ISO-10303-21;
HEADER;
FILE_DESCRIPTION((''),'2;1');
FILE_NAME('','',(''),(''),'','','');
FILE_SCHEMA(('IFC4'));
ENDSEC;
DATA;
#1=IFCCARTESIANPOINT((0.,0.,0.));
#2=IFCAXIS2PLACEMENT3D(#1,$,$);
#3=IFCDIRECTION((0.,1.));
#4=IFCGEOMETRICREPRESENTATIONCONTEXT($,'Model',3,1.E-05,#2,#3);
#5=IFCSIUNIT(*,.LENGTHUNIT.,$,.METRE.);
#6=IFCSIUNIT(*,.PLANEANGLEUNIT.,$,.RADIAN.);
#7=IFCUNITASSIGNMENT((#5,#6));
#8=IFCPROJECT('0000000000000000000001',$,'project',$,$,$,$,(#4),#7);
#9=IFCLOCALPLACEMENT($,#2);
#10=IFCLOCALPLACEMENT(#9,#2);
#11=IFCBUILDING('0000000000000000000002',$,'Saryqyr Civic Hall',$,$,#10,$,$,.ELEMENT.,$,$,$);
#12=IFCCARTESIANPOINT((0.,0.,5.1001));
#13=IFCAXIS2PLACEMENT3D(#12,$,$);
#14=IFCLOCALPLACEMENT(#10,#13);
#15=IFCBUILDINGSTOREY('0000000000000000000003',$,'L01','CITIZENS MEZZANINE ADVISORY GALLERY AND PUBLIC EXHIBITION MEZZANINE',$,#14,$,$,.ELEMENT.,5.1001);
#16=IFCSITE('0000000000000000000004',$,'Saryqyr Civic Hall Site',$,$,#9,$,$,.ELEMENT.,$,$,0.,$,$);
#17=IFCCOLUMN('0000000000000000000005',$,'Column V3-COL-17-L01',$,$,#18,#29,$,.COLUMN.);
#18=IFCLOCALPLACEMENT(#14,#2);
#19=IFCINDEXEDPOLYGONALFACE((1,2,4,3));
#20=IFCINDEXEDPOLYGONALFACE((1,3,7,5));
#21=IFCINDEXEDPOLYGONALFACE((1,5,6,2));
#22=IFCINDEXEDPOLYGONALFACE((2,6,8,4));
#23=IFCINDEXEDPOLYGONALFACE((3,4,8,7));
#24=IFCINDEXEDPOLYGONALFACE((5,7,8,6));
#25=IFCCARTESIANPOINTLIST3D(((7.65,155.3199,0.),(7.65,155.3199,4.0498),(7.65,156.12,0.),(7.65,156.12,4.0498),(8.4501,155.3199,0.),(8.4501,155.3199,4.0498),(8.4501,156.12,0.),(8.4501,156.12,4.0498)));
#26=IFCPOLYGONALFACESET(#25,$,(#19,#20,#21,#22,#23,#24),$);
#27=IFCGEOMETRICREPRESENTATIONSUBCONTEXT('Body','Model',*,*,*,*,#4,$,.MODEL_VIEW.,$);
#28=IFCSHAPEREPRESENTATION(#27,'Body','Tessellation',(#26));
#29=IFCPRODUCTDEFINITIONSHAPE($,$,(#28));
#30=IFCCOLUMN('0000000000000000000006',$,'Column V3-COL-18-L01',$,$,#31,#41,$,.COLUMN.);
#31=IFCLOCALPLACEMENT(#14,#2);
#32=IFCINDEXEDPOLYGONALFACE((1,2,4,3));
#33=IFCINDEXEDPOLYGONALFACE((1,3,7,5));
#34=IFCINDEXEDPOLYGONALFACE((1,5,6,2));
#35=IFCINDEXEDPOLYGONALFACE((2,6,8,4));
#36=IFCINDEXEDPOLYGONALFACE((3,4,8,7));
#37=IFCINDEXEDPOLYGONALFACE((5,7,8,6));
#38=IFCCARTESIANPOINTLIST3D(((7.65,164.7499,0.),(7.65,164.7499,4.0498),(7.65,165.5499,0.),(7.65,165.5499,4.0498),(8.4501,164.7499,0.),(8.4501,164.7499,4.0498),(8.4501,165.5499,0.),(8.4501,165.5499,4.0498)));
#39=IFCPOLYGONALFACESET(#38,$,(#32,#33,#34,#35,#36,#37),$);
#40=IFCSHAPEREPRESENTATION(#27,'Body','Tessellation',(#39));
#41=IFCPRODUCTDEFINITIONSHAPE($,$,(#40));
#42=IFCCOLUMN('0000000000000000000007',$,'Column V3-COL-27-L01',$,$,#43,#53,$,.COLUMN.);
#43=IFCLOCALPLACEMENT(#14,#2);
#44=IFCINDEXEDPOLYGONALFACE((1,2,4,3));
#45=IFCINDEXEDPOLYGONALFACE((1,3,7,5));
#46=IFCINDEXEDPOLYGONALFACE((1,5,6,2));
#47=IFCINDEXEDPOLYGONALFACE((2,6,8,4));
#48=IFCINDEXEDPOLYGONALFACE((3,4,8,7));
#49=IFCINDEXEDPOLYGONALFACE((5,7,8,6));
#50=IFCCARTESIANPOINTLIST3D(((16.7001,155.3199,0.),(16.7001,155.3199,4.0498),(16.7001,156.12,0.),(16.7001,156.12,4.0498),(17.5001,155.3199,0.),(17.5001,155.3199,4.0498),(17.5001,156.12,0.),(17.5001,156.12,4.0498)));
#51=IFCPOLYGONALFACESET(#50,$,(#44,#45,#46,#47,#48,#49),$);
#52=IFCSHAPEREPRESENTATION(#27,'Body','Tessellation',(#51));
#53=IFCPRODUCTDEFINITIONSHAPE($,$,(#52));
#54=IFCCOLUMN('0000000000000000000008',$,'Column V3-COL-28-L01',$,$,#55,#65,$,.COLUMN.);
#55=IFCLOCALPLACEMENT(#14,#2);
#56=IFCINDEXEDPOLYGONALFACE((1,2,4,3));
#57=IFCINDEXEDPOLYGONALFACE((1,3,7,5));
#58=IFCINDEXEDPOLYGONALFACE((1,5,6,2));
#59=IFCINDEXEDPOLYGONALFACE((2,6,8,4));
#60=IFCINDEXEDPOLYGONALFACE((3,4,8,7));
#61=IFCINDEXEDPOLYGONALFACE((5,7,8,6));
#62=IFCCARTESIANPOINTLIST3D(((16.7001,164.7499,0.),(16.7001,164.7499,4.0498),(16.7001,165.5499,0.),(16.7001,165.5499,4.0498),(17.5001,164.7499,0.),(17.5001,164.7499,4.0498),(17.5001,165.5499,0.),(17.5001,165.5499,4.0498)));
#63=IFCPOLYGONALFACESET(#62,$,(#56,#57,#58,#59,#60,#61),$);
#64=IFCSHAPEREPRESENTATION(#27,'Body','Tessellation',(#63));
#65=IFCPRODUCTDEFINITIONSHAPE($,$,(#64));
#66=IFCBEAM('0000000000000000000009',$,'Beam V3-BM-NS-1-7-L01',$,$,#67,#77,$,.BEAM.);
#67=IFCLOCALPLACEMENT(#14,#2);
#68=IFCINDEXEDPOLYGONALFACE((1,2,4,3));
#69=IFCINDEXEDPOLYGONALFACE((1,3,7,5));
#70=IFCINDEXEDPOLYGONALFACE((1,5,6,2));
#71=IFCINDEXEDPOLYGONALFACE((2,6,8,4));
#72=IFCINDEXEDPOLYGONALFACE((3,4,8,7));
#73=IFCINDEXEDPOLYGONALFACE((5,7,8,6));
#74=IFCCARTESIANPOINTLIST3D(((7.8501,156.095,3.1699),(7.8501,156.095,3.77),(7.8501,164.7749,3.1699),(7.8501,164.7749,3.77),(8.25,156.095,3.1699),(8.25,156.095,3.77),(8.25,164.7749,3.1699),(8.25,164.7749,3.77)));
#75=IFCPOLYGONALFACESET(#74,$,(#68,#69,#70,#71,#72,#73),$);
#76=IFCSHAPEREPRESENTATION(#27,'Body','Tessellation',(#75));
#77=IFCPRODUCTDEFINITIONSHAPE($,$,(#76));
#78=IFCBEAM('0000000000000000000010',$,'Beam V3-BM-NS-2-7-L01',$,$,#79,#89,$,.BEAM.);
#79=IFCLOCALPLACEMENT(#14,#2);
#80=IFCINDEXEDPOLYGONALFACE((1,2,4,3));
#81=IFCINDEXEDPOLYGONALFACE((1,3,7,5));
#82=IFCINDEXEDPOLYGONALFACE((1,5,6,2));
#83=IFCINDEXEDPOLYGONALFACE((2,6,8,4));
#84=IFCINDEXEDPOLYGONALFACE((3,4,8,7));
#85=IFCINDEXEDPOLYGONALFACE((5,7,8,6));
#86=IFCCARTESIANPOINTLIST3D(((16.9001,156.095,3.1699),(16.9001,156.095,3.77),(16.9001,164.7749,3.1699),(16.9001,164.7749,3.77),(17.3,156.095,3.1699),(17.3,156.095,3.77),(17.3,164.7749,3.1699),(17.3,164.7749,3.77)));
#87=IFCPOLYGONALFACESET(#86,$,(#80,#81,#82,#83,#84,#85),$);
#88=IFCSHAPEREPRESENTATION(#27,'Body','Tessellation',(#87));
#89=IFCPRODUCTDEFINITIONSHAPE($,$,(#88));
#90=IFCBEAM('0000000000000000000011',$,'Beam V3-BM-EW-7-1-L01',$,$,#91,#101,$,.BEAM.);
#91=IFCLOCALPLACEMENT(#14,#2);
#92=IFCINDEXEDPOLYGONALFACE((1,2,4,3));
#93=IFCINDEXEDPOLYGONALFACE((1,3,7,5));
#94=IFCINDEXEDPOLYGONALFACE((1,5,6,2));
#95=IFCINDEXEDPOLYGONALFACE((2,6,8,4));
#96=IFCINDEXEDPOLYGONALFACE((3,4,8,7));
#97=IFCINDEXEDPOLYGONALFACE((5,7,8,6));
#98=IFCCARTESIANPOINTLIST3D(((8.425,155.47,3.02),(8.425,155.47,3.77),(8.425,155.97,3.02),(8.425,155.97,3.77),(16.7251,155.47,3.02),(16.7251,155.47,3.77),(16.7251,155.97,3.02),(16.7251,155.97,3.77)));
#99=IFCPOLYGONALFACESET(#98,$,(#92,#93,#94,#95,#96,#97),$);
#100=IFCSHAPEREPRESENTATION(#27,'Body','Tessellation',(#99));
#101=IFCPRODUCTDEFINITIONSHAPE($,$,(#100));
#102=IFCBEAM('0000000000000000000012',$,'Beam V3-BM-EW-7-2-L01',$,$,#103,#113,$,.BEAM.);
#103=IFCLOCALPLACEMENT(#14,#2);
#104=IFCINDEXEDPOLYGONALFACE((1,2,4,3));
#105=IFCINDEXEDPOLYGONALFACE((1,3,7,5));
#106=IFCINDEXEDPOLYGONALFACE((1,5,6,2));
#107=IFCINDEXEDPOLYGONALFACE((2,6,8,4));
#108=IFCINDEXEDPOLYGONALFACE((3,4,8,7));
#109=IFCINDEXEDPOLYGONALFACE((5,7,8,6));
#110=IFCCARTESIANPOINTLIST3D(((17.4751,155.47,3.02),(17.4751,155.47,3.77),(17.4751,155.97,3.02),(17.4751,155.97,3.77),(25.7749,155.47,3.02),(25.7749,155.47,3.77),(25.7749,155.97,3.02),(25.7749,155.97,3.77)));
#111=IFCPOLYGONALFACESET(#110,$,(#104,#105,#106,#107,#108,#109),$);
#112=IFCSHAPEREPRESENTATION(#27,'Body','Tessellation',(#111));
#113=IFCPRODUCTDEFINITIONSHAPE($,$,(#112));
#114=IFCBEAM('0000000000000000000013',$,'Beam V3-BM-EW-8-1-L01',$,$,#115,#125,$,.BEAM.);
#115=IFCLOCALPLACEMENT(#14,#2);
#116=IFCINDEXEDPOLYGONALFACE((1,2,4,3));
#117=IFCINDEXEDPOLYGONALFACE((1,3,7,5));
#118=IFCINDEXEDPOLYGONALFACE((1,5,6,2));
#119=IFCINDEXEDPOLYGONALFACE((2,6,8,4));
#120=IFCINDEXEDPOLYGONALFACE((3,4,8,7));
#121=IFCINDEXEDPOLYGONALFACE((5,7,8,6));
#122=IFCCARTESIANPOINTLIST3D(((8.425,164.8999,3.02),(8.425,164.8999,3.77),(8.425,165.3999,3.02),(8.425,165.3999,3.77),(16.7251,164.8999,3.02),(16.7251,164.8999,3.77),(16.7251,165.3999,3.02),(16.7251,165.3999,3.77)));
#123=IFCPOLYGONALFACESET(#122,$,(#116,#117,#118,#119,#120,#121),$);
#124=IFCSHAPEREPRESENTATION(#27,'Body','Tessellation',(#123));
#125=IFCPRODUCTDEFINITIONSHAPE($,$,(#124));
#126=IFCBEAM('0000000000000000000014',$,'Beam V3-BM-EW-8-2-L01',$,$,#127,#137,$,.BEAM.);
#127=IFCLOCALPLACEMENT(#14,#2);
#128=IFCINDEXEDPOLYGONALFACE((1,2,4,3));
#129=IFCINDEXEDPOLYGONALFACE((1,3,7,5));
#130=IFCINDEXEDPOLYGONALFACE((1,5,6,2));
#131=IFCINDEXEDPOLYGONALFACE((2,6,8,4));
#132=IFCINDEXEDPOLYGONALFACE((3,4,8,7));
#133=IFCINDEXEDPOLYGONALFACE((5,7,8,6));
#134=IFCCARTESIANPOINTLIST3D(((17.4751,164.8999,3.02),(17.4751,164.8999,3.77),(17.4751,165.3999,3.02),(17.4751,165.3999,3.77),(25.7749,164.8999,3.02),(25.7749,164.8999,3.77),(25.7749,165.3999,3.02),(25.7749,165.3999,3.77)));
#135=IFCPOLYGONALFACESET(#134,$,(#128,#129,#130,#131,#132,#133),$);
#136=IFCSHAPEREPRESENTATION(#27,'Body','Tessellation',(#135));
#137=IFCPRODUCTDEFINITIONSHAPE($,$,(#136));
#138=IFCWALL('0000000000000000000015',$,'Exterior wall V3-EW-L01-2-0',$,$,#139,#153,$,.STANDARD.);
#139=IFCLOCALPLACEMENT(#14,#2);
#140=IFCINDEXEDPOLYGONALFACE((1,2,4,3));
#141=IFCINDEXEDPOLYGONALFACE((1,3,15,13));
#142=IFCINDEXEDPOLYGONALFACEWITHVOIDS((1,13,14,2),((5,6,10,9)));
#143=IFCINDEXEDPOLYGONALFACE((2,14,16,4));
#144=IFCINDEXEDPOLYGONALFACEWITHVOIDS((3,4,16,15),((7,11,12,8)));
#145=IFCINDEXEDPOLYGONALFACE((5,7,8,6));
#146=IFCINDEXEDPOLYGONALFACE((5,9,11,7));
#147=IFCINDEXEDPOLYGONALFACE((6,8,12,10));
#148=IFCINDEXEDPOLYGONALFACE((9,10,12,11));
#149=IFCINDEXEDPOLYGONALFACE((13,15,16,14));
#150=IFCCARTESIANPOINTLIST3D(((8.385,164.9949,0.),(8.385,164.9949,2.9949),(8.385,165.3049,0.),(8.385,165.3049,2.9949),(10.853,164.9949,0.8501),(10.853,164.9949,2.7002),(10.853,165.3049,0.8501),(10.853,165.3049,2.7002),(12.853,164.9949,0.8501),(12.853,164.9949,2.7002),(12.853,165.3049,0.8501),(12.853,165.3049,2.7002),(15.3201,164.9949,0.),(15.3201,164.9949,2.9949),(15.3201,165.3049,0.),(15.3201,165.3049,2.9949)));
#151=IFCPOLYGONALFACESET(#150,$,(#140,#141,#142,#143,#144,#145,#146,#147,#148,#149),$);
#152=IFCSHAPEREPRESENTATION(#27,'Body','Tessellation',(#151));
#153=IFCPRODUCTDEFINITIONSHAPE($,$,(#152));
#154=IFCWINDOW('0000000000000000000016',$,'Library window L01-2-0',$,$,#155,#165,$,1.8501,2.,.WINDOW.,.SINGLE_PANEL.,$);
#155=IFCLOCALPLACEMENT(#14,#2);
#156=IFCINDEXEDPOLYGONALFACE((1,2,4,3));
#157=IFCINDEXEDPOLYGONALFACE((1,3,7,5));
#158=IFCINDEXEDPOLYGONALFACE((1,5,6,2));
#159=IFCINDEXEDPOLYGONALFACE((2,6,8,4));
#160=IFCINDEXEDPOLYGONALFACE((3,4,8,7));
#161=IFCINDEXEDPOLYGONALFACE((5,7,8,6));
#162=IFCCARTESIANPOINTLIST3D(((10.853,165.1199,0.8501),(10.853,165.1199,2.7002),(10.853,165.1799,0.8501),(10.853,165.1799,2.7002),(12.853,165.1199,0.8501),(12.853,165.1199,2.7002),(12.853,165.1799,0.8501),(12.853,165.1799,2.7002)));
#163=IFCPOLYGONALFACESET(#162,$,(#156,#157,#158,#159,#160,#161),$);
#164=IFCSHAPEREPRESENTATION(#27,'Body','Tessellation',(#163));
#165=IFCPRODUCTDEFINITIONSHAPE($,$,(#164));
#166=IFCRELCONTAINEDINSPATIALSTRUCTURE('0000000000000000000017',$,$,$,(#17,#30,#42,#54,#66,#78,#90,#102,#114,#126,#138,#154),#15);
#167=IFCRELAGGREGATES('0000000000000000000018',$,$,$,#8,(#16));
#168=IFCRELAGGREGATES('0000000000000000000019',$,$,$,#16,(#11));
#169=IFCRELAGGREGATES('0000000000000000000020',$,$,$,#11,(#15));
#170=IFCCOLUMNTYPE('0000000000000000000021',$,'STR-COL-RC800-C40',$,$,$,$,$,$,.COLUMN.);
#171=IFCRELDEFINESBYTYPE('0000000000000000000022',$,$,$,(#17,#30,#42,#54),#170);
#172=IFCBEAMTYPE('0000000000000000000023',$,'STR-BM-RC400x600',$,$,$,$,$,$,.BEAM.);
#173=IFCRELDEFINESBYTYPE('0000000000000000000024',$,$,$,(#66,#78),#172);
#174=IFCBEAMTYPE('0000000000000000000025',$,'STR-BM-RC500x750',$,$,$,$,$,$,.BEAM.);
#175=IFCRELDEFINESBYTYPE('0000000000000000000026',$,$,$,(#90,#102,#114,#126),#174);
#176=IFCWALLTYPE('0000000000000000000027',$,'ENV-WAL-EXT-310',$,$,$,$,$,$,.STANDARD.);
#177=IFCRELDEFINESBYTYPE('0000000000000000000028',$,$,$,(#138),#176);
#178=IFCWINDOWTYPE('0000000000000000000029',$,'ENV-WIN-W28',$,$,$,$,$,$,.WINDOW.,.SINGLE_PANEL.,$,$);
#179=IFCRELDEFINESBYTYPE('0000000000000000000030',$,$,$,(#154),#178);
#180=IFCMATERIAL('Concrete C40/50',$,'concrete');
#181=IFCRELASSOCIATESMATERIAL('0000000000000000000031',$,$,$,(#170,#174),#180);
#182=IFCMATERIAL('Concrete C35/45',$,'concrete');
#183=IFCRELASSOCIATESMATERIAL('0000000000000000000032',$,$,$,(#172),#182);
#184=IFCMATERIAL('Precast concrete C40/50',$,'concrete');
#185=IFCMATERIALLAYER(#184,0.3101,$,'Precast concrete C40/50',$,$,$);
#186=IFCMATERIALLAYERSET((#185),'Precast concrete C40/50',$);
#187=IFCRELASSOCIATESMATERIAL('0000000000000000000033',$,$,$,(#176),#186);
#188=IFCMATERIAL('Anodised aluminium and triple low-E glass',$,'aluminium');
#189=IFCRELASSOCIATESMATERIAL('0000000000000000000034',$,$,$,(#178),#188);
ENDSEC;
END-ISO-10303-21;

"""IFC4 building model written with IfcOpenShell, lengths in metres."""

from ifc_helpers import new_model, si_unit, direction, frame, frame_2d, origin, origin_2d, place, context, subcontext, project, spatial, rectangle, extrude, material, layer, layer_set, material_profile, profile_set, type_object, element, fill, save


model = new_model("IFC4")

# Units and contexts
model_context = context("Model", 3, precision=1e-05, world=origin(), true_north=direction((0.0, 1.0)))
body_context = subcontext(model_context, "Body", "Model", "MODEL_VIEW")
ifc_project = project(units=[si_unit("LENGTHUNIT", "METRE"), si_unit("PLANEANGLEUNIT", "RADIAN")], contexts=[model_context])

# Site, building, storey
site_placement = place(None, origin())
site = spatial("IfcSite", under=ifc_project, at=site_placement, Name="Saryqyr Civic Hall Site", CompositionType="ELEMENT", RefElevation=0.0)
building_placement = place(site_placement, origin())
building = spatial("IfcBuilding", under=site, at=building_placement, Name="Saryqyr Civic Hall", CompositionType="ELEMENT")
storey_placement = place(building_placement, frame((0.0, 0.0, 5.1001)))
storey = spatial("IfcBuildingStorey", under=building, at=storey_placement, Name="L01", Description="CITIZENS MEZZANINE ADVISORY GALLERY AND PUBLIC EXHIBITION MEZZANINE", CompositionType="ELEMENT", Elevation=5.1001)

# Columns
ifc_material_1 = material(Name="Concrete C40/50", Category="concrete")
ifc_material_profile_1 = material_profile(ifc_material_1, rectangle(XDim=0.8, YDim=0.8, at=origin_2d()), Name="RC 800x800")
ifc_profile_set_1 = profile_set([ifc_material_profile_1], Name="Concrete C40/50")
column_type = type_object("IfcColumnType", Name="STR-COL-RC800-C40", PredefinedType="COLUMN", material=ifc_profile_set_1)
for number, where, z_axis, x_axis, name in (
    (1, (8.05, 155.72, 0.0), (0.0, 0.0, 1.0), (1.0, 0.0, 0.0), "Column V3-COL-17-L01"),
    (2, (8.05, 165.1499, 0.0), (0.0, 0.0, 1.0), (1.0, 0.0, 0.0), "Column V3-COL-18-L01"),
    (3, (17.1001, 155.72, 0.0), (0.0, 0.0, 1.0), (1.0, 0.0, 0.0), "Column V3-COL-27-L01"),
    (4, (17.1001, 165.1499, 0.0), (0.0, 0.0, 1.0), (1.0, 0.0, 0.0), "Column V3-COL-28-L01"),
):
    element("IfcColumn", number, at=place(storey_placement, frame(where, z_axis=z_axis, x_axis=x_axis)), inside=storey, type_object=column_type, Name=name, PredefinedType="COLUMN", context=body_context, shape_type="SweptSolid", body=[
        extrude(rectangle(XDim=0.8, YDim=0.8, at=origin_2d()), origin(), (0.0, 0.0, 1.0), 4.0498),
    ])

# Beams
ifc_material_2 = material(Name="Concrete C35/45", Category="concrete")
ifc_material_profile_2 = material_profile(ifc_material_2, rectangle(XDim=0.3999, YDim=0.6001, at=origin_2d()), Name="RC 400x600")
ifc_profile_set_2 = profile_set([ifc_material_profile_2], Name="Concrete C35/45")
beam_type_1 = type_object("IfcBeamType", Name="STR-BM-RC400x600", PredefinedType="BEAM", material=ifc_profile_set_2)
for number, where, z_axis, x_axis, name in (
    (5, (8.05, 156.095, 3.47), (0.0, 1.0, 0.0), (-1.0, 0.0, 0.0), "Beam V3-BM-NS-1-7-L01"),
    (6, (17.1001, 156.095, 3.47), (0.0, 1.0, 0.0), (-1.0, 0.0, 0.0), "Beam V3-BM-NS-2-7-L01"),
):
    element("IfcBeam", number, at=place(storey_placement, frame(where, z_axis=z_axis, x_axis=x_axis)), inside=storey, type_object=beam_type_1, Name=name, PredefinedType="BEAM", context=body_context, shape_type="SweptSolid", body=[
        extrude(rectangle(XDim=0.3999, YDim=0.6001, at=origin_2d()), origin(), (0.0, 0.0, 1.0), 8.6799),
    ])
ifc_material_profile_3 = material_profile(ifc_material_1, rectangle(XDim=0.5, YDim=0.75, at=origin_2d()), Name="RC 500x750")
ifc_profile_set_3 = profile_set([ifc_material_profile_3], Name="Concrete C40/50")
beam_type_2 = type_object("IfcBeamType", Name="STR-BM-RC500x750", PredefinedType="BEAM", material=ifc_profile_set_3)
beam_1_placement = place(storey_placement, frame((8.425, 155.72, 3.395), z_axis=(1.0, 0.0, 0.0), x_axis=(0.0, 1.0, 0.0)))
element("IfcBeam", 7, at=beam_1_placement, inside=storey, type_object=beam_type_2, Name="Beam V3-BM-EW-7-1-L01", PredefinedType="BEAM", context=body_context, shape_type="SweptSolid", body=[
    extrude(rectangle(XDim=0.5, YDim=0.75, at=origin_2d()), origin(), (0.0, 0.0, 1.0), 8.3),
])
beam_2_placement = place(storey_placement, frame((17.4751, 155.72, 3.395), z_axis=(1.0, 0.0, 0.0), x_axis=(0.0, 1.0, 0.0)))
element("IfcBeam", 8, at=beam_2_placement, inside=storey, type_object=beam_type_2, Name="Beam V3-BM-EW-7-2-L01", PredefinedType="BEAM", context=body_context, shape_type="SweptSolid", body=[
    extrude(rectangle(XDim=0.5, YDim=0.75, at=origin_2d()), origin(), (0.0, 0.0, 1.0), 8.2998),
])
beam_3_placement = place(storey_placement, frame((8.425, 165.1499, 3.395), z_axis=(1.0, 0.0, 0.0), x_axis=(0.0, 1.0, 0.0)))
element("IfcBeam", 9, at=beam_3_placement, inside=storey, type_object=beam_type_2, Name="Beam V3-BM-EW-8-1-L01", PredefinedType="BEAM", context=body_context, shape_type="SweptSolid", body=[
    extrude(rectangle(XDim=0.5, YDim=0.75, at=origin_2d()), origin(), (0.0, 0.0, 1.0), 8.3),
])
beam_4_placement = place(storey_placement, frame((17.4751, 165.1499, 3.395), z_axis=(1.0, 0.0, 0.0), x_axis=(0.0, 1.0, 0.0)))
element("IfcBeam", 10, at=beam_4_placement, inside=storey, type_object=beam_type_2, Name="Beam V3-BM-EW-8-2-L01", PredefinedType="BEAM", context=body_context, shape_type="SweptSolid", body=[
    extrude(rectangle(XDim=0.5, YDim=0.75, at=origin_2d()), origin(), (0.0, 0.0, 1.0), 8.2998),
])

# Wall, opening, window
ifc_material_3 = material(Name="Precast concrete C40/50", Category="concrete")
ifc_layer_1 = layer(ifc_material_3, 0.3101, Name="Precast concrete C40/50")
ifc_layer_set_1 = layer_set([ifc_layer_1], Name="Precast concrete C40/50")
wall_type_1 = type_object("IfcWallType", Name="ENV-WAL-EXT-310", PredefinedType="STANDARD", material=ifc_layer_set_1)
wall_1_placement = place(storey_placement, frame((8.385, 165.1499, 0.0), z_axis=(0.0, 0.0, 1.0), x_axis=(1.0, 0.0, 0.0)))
wall_1 = element("IfcWall", 11, at=wall_1_placement, inside=storey, type_object=wall_type_1, Name="Exterior wall V3-EW-L01-2-0", PredefinedType="STANDARD", context=body_context, shape_type="SweptSolid", body=[
    extrude(rectangle(XDim=6.9351, YDim=0.3101, at=frame_2d((3.4675, 0.0))), origin(), (0.0, 0.0, 1.0), 2.9949),
])
opening_1_placement = place(wall_1_placement, frame((2.468, 0.0, 0.8501)))
opening_1 = element("IfcOpeningElement", 12, at=opening_1_placement, cuts=wall_1, PredefinedType="OPENING", context=body_context, shape_type="SweptSolid", body=[
    extrude(rectangle(XDim=2.0, YDim=1.8501, at=frame_2d((1.0, 0.925))), frame((0.0, 0.165, 0.0), z_axis=(0.0, -1.0, 0.0), x_axis=(1.0, 0.0, 0.0)), (0.0, 0.0, 1.0), 0.3301),
])
ifc_material_4 = material(Name="Anodised aluminium and triple low-E glass", Category="aluminium")
window_type_1 = type_object("IfcWindowType", Name="ENV-WIN-W28", PartitioningType="SINGLE_PANEL", PredefinedType="WINDOW", material=ifc_material_4)
window_1_placement = place(opening_1_placement, origin())
window_1 = element("IfcWindow", 13, at=window_1_placement, inside=storey, type_object=window_type_1, Name="Library window L01-2-0", OverallHeight=1.8501, OverallWidth=2.0, PartitioningType="SINGLE_PANEL", PredefinedType="WINDOW", context=body_context, shape_type="SweptSolid", body=[
    extrude(rectangle(XDim=2.0, YDim=1.8501, at=frame_2d((1.0, 0.925))), frame((0.0, 0.03, 0.0), z_axis=(0.0, -1.0, 0.0), x_axis=(1.0, 0.0, 0.0)), (0.0, 0.0, 1.0), 0.0601),
])
fill(opening_1, window_1)

save(model, "model.ifc")
